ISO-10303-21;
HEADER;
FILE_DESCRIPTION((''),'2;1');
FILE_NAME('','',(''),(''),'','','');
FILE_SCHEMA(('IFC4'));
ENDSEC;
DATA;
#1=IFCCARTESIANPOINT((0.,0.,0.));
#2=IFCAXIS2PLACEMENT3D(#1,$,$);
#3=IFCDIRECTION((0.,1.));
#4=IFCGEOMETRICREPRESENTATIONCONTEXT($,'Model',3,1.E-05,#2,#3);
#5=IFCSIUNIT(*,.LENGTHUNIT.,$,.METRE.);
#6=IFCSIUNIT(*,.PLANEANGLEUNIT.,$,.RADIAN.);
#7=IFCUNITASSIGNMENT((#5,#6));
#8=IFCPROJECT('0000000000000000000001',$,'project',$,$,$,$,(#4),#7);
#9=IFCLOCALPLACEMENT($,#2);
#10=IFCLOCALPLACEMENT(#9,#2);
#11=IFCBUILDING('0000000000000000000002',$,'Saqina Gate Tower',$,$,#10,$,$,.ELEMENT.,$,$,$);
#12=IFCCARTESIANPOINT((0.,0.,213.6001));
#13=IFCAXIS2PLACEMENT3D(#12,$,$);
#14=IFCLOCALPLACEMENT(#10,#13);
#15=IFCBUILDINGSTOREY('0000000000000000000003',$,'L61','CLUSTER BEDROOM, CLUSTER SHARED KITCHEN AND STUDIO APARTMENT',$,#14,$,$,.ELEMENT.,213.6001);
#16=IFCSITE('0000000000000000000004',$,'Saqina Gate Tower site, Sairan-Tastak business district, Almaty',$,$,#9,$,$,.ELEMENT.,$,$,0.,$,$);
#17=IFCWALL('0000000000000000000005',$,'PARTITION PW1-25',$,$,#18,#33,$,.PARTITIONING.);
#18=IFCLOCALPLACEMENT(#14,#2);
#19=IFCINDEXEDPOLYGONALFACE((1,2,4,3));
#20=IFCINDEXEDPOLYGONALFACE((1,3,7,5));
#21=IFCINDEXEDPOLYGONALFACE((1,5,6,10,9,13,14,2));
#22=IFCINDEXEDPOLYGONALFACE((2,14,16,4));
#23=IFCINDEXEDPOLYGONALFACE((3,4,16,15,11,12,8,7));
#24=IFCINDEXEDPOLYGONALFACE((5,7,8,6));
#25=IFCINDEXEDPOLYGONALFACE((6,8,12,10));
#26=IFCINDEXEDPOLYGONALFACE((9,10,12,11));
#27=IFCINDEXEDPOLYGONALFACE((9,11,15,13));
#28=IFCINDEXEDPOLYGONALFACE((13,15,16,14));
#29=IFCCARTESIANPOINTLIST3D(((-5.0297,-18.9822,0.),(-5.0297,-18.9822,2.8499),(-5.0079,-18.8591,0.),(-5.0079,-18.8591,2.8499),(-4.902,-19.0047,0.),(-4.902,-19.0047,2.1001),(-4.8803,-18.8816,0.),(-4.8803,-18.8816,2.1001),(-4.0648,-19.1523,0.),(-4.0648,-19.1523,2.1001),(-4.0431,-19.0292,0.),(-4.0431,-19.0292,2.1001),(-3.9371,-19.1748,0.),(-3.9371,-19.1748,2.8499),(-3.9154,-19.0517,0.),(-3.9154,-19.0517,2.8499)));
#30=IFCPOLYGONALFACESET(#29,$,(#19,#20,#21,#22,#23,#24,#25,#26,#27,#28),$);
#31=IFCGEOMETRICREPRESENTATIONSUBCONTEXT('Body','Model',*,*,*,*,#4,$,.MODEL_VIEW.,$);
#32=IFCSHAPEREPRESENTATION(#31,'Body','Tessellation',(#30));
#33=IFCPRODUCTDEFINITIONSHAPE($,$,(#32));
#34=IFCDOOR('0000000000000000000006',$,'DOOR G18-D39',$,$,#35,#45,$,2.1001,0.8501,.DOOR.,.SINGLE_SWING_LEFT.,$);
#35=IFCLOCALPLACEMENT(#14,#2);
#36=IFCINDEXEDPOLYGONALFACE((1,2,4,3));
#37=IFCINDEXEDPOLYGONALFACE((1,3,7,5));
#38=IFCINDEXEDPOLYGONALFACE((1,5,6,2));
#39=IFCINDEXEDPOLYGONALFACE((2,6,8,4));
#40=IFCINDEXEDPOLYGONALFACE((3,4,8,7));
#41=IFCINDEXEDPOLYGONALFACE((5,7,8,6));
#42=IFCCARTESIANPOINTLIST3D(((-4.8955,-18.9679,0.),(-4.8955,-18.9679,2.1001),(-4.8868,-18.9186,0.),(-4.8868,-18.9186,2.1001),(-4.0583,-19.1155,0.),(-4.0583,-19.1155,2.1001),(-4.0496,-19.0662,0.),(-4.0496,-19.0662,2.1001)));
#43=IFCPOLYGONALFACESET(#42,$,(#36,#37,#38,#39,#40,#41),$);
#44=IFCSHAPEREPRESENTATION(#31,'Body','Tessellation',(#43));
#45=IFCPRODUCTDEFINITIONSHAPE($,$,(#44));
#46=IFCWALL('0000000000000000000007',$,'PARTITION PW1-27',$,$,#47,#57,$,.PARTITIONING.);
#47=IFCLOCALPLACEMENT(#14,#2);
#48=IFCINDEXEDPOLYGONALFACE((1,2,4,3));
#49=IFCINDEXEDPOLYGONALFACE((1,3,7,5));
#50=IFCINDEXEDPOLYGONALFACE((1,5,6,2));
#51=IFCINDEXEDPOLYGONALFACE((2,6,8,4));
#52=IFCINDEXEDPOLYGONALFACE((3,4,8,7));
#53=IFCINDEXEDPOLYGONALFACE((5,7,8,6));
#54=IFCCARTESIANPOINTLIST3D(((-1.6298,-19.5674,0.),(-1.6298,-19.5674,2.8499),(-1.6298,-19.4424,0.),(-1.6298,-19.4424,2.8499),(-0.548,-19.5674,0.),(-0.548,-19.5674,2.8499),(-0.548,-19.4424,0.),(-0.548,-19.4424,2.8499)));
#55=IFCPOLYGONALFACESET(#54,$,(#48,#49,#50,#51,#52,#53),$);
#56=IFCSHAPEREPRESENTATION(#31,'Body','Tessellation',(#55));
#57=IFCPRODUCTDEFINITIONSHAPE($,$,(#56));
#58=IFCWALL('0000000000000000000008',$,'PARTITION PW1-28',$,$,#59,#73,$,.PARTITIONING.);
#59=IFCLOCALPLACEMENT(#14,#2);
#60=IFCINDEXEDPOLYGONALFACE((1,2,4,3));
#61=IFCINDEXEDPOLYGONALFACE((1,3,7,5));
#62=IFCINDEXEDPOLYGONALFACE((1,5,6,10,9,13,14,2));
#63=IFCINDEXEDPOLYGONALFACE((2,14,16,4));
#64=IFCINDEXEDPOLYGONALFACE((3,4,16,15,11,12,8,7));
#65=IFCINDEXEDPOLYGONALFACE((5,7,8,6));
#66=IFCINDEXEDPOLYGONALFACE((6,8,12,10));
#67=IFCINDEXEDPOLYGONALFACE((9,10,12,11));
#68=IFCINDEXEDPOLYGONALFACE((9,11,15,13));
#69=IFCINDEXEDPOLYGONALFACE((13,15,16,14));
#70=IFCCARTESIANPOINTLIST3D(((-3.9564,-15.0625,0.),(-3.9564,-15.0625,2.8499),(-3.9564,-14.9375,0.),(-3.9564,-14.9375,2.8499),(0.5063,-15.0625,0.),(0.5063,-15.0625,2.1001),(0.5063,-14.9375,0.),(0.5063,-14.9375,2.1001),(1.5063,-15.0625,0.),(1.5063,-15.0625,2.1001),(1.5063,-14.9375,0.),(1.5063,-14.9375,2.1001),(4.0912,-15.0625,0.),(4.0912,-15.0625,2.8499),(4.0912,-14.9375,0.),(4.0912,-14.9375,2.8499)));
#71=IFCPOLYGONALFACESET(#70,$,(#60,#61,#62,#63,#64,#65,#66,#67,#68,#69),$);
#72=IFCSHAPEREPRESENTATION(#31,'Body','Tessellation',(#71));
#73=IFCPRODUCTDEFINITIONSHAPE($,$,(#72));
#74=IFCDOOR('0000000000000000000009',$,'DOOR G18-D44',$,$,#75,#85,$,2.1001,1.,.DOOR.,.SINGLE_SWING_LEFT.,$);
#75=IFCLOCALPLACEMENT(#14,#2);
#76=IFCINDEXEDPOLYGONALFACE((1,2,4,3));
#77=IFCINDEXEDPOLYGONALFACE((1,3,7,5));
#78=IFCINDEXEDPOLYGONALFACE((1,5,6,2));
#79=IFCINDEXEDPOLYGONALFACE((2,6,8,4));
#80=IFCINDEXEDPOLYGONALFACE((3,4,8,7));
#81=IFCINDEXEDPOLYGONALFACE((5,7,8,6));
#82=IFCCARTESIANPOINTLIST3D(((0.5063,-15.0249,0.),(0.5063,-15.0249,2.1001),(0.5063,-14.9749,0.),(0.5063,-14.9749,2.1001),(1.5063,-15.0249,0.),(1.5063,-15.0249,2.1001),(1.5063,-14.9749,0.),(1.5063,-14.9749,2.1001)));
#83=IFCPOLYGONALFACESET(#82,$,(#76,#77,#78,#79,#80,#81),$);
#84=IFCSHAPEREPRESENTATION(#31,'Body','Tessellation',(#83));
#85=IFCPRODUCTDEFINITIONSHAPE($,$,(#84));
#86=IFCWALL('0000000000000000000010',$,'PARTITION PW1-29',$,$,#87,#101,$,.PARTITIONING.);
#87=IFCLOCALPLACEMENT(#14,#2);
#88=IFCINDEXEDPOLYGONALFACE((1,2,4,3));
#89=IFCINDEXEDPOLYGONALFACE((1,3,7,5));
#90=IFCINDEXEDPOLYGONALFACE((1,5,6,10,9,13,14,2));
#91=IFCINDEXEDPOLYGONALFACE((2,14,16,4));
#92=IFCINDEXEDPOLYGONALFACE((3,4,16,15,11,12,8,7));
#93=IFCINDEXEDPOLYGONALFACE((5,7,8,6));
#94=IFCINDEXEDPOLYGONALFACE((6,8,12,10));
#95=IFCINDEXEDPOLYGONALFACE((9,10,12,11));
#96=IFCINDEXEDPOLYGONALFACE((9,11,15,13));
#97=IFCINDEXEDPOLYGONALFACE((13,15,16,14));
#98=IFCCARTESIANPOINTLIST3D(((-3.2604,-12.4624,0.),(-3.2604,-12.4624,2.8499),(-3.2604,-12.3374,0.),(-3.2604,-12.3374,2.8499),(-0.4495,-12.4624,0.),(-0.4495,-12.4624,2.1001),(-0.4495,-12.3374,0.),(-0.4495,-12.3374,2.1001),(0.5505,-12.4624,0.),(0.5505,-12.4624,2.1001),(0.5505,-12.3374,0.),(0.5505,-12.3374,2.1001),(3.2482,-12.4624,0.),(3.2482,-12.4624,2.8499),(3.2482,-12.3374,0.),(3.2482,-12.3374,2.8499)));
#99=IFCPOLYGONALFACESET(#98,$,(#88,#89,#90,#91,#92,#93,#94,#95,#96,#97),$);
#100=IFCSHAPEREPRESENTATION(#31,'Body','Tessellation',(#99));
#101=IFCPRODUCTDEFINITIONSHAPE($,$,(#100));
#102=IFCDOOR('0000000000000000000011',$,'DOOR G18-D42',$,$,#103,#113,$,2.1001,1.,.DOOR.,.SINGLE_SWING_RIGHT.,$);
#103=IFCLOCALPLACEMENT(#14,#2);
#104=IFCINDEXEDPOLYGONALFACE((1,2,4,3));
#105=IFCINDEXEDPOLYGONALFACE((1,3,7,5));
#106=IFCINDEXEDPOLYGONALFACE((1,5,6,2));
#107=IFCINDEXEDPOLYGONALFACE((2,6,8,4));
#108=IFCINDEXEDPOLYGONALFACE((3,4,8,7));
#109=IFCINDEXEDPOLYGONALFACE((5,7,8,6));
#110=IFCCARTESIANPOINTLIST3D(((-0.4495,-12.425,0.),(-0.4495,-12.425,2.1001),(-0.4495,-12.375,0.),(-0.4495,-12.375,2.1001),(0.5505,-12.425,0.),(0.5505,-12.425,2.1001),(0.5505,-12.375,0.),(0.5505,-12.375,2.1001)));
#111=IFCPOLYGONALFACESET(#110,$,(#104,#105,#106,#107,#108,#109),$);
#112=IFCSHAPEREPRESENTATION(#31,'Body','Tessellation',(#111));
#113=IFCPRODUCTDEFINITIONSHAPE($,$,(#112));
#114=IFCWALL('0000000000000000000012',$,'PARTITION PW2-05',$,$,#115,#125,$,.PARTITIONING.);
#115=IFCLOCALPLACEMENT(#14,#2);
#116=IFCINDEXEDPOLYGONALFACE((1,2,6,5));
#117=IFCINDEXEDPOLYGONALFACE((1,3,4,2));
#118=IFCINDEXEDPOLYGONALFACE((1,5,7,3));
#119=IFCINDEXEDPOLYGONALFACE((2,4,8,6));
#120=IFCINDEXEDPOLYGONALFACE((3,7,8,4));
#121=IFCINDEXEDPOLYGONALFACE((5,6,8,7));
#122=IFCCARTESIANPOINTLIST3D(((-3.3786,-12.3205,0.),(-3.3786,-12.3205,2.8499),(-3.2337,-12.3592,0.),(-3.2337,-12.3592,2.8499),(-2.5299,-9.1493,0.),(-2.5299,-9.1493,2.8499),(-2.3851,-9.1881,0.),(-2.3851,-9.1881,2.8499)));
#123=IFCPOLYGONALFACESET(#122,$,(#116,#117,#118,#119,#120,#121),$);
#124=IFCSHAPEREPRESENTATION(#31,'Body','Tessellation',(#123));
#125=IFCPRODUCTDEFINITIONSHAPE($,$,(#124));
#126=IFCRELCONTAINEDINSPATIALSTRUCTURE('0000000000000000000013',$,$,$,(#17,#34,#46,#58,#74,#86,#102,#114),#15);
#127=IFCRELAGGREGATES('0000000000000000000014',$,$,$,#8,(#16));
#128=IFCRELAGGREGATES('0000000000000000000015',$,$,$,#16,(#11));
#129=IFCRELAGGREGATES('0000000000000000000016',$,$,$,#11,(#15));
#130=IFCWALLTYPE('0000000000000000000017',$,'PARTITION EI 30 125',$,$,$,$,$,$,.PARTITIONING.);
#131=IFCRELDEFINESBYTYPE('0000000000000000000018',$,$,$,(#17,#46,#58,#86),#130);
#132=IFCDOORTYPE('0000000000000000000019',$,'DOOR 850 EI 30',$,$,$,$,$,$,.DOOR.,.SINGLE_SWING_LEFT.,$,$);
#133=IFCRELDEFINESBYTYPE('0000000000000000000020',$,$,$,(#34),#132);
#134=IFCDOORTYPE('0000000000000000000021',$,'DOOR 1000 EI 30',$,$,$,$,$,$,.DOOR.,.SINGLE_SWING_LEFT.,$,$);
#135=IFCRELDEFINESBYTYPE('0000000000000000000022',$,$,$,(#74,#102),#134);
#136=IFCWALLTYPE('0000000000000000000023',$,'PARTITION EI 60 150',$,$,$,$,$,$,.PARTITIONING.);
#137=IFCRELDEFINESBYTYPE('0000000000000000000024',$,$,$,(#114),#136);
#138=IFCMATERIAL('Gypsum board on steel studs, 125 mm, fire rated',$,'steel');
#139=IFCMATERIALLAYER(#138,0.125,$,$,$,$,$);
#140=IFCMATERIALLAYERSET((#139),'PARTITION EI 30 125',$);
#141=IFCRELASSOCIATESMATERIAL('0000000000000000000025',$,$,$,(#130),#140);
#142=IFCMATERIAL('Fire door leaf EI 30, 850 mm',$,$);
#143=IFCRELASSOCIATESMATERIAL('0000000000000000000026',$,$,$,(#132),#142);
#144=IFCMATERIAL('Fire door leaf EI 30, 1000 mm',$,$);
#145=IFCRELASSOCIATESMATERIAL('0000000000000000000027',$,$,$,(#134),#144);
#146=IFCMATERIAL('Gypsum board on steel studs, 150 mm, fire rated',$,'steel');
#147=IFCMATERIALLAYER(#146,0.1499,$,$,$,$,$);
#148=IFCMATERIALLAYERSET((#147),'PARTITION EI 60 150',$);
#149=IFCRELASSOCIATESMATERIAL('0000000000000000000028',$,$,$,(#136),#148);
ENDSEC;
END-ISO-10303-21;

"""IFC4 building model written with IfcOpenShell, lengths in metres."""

from ifc_helpers import new_model, si_unit, direction, frame, frame_2d, origin, place, context, subcontext, project, spatial, rectangle, extrude, material, layer, layer_set, type_object, element, fill, save


model = new_model("IFC4")

# Units and contexts
model_context = context("Model", 3, precision=1e-05, world=origin(), true_north=direction((0.0, 1.0)))
body_context = subcontext(model_context, "Body", "Model", "MODEL_VIEW")
ifc_project = project(units=[si_unit("LENGTHUNIT", "METRE"), si_unit("PLANEANGLEUNIT", "RADIAN")], contexts=[model_context])

# Site, building, storey
site_placement = place(None, origin())
site = spatial("IfcSite", under=ifc_project, at=site_placement, Name="Saqina Gate Tower site, Sairan-Tastak business district, Almaty", CompositionType="ELEMENT", RefElevation=0.0)
building_placement = place(site_placement, origin())
building = spatial("IfcBuilding", under=site, at=building_placement, Name="Saqina Gate Tower", CompositionType="ELEMENT")
storey_placement = place(building_placement, frame((0.0, 0.0, 213.6001)))
storey = spatial("IfcBuildingStorey", under=building, at=storey_placement, Name="L61", Description="CLUSTER BEDROOM, CLUSTER SHARED KITCHEN AND STUDIO APARTMENT", CompositionType="ELEMENT", Elevation=213.6001)

# Wall, opening, door
ifc_material_1 = material(Name="Gypsum board on steel studs, 125 mm, fire rated", Category="steel")
ifc_layer_1 = layer(ifc_material_1, 0.125)
ifc_layer_set_1 = layer_set([ifc_layer_1], Name="PARTITION EI 30 125")
wall_type_1 = type_object("IfcWallType", Name="PARTITION EI 30 125", PredefinedType="PARTITIONING", material=ifc_layer_set_1)
ifc_material_2 = material(Name="Fire door leaf EI 30, 850 mm")
door_type_1 = type_object("IfcDoorType", Name="DOOR 850 EI 30", OperationType="SINGLE_SWING_LEFT", PredefinedType="DOOR", material=ifc_material_2)
wall_1_placement = place(storey_placement, frame((-5.0188, -18.9207, 0.0), z_axis=(0.0, 0.0, 1.0), x_axis=(0.98481, -0.173635, 0.0)))
wall_1 = element("IfcWall", 1, at=wall_1_placement, inside=storey, type_object=wall_type_1, Name="PARTITION PW1-25", PredefinedType="PARTITIONING", context=body_context, shape_type="SweptSolid", body=[
    extrude(rectangle(XDim=1.1094, YDim=0.125, at=frame_2d((0.5547, 0.0))), origin(), (0.0, 0.0, 1.0), 2.8499),
])
opening_1_placement = place(wall_1_placement, frame((0.1296, 0.0, 0.0)))
opening_1 = element("IfcOpeningElement", 2, at=opening_1_placement, cuts=wall_1, PredefinedType="OPENING", context=body_context, shape_type="SweptSolid", body=[
    extrude(rectangle(XDim=0.8501, YDim=2.1001, at=frame_2d((0.425, 1.05))), frame((0.0, 0.0745, 0.0), z_axis=(0.0, -1.0, 0.0), x_axis=(1.0, 0.0, 0.0)), (0.0, 0.0, 1.0), 0.1489),
])
door_1_placement = place(opening_1_placement, origin())
door_1 = element("IfcDoor", 3, at=door_1_placement, inside=storey, type_object=door_type_1, Name="DOOR G18-D39", OperationType="SINGLE_SWING_LEFT", OverallHeight=2.1001, OverallWidth=0.8501, PredefinedType="DOOR", context=body_context, shape_type="SweptSolid", body=[
    extrude(rectangle(XDim=0.8501, YDim=2.1001, at=frame_2d((0.425, 1.05))), frame((0.0, 0.0249, 0.0), z_axis=(0.0, -1.0, 0.0), x_axis=(1.0, 0.0, 0.0)), (0.0, 0.0, 1.0), 0.05),
])
fill(opening_1, door_1)

# Wall
wall_2_placement = place(storey_placement, frame((-1.6299, -19.5049, 0.0), z_axis=(0.0, 0.0, 1.0), x_axis=(1.0, 0.0, 0.0)))
element("IfcWall", 4, at=wall_2_placement, inside=storey, type_object=wall_type_1, Name="PARTITION PW1-27", PredefinedType="PARTITIONING", context=body_context, shape_type="SweptSolid", body=[
    extrude(rectangle(XDim=1.0818, YDim=0.125, at=frame_2d((0.541, 0.0))), origin(), (0.0, 0.0, 1.0), 2.8499),
])

# Walls, openings, doors
wall_3_placement = place(storey_placement, frame((-3.9565, -15.0, 0.0), z_axis=(0.0, 0.0, 1.0), x_axis=(1.0, 0.0, 0.0)))
wall_3 = element("IfcWall", 5, at=wall_3_placement, inside=storey, type_object=wall_type_1, Name="PARTITION PW1-28", PredefinedType="PARTITIONING", context=body_context, shape_type="SweptSolid", body=[
    extrude(rectangle(XDim=8.0476, YDim=0.125, at=frame_2d((4.0239, 0.0))), origin(), (0.0, 0.0, 1.0), 2.8499),
])
opening_2_placement = place(wall_3_placement, frame((4.4629, 0.0, 0.0)))
opening_2 = element("IfcOpeningElement", 6, at=opening_2_placement, cuts=wall_3, PredefinedType="OPENING", context=body_context, shape_type="SweptSolid", body=[
    extrude(rectangle(XDim=1.0, YDim=2.1001, at=frame_2d((0.5, 1.05))), frame((0.0, 0.0745, 0.0), z_axis=(0.0, -1.0, 0.0), x_axis=(1.0, 0.0, 0.0)), (0.0, 0.0, 1.0), 0.1489),
])
ifc_material_3 = material(Name="Fire door leaf EI 30, 1000 mm")
door_type_2 = type_object("IfcDoorType", Name="DOOR 1000 EI 30", OperationType="SINGLE_SWING_LEFT", PredefinedType="DOOR", material=ifc_material_3)
door_2_placement = place(opening_2_placement, frame((1.0, 0.0, 0.0), z_axis=(0.0, 0.0, 1.0), x_axis=(-1.0, 0.0, 0.0)))
door_2 = element("IfcDoor", 7, at=door_2_placement, inside=storey, type_object=door_type_2, Name="DOOR G18-D44", OperationType="SINGLE_SWING_LEFT", OverallHeight=2.1001, OverallWidth=1.0, PredefinedType="DOOR", context=body_context, shape_type="SweptSolid", body=[
    extrude(rectangle(XDim=1.0, YDim=2.1001, at=frame_2d((0.5, 1.05))), frame((0.0, 0.0249, 0.0), z_axis=(0.0, -1.0, 0.0), x_axis=(1.0, 0.0, 0.0)), (0.0, 0.0, 1.0), 0.05),
])
fill(opening_2, door_2)
wall_4_placement = place(storey_placement, frame((-3.2605, -12.3999, 0.0), z_axis=(0.0, 0.0, 1.0), x_axis=(1.0, 0.0, 0.0)))
wall_4 = element("IfcWall", 8, at=wall_4_placement, inside=storey, type_object=wall_type_1, Name="PARTITION PW1-29", PredefinedType="PARTITIONING", context=body_context, shape_type="SweptSolid", body=[
    extrude(rectangle(XDim=6.5085, YDim=0.125, at=frame_2d((3.2544, 0.0))), origin(), (0.0, 0.0, 1.0), 2.8499),
])
opening_3_placement = place(wall_4_placement, frame((2.811, 0.0, 0.0)))
opening_3 = element("IfcOpeningElement", 9, at=opening_3_placement, cuts=wall_4, PredefinedType="OPENING", context=body_context, shape_type="SweptSolid", body=[
    extrude(rectangle(XDim=1.0, YDim=2.1001, at=frame_2d((0.5, 1.05))), frame((0.0, 0.0745, 0.0), z_axis=(0.0, -1.0, 0.0), x_axis=(1.0, 0.0, 0.0)), (0.0, 0.0, 1.0), 0.1489),
])
door_3_placement = place(opening_3_placement, origin())
door_3 = element("IfcDoor", 10, at=door_3_placement, inside=storey, type_object=door_type_2, Name="DOOR G18-D42", OperationType="SINGLE_SWING_RIGHT", OverallHeight=2.1001, OverallWidth=1.0, PredefinedType="DOOR", context=body_context, shape_type="SweptSolid", body=[
    extrude(rectangle(XDim=1.0, YDim=2.1001, at=frame_2d((0.5, 1.05))), frame((0.0, 0.0249, 0.0), z_axis=(0.0, -1.0, 0.0), x_axis=(1.0, 0.0, 0.0)), (0.0, 0.0, 1.0), 0.05),
])
fill(opening_3, door_3)

# Wall
ifc_material_4 = material(Name="Gypsum board on steel studs, 150 mm, fire rated", Category="steel")
ifc_layer_2 = layer(ifc_material_4, 0.1499)
ifc_layer_set_2 = layer_set([ifc_layer_2], Name="PARTITION EI 60 150")
wall_type_2 = type_object("IfcWallType", Name="PARTITION EI 60 150", PredefinedType="PARTITIONING", material=ifc_layer_set_2)
wall_5_placement = place(storey_placement, frame((-3.3062, -12.3398, 0.0), z_axis=(0.0, 0.0, 1.0), x_axis=(0.258514, 0.966007, 0.0)))
element("IfcWall", 11, at=wall_5_placement, inside=storey, type_object=wall_type_2, Name="PARTITION PW2-05", PredefinedType="PARTITIONING", context=body_context, shape_type="SweptSolid", body=[
    extrude(rectangle(XDim=3.2827, YDim=0.1499, at=frame_2d((1.6414, 0.0))), origin(), (0.0, 0.0, 1.0), 2.8499),
])

save(model, "model.ifc")
